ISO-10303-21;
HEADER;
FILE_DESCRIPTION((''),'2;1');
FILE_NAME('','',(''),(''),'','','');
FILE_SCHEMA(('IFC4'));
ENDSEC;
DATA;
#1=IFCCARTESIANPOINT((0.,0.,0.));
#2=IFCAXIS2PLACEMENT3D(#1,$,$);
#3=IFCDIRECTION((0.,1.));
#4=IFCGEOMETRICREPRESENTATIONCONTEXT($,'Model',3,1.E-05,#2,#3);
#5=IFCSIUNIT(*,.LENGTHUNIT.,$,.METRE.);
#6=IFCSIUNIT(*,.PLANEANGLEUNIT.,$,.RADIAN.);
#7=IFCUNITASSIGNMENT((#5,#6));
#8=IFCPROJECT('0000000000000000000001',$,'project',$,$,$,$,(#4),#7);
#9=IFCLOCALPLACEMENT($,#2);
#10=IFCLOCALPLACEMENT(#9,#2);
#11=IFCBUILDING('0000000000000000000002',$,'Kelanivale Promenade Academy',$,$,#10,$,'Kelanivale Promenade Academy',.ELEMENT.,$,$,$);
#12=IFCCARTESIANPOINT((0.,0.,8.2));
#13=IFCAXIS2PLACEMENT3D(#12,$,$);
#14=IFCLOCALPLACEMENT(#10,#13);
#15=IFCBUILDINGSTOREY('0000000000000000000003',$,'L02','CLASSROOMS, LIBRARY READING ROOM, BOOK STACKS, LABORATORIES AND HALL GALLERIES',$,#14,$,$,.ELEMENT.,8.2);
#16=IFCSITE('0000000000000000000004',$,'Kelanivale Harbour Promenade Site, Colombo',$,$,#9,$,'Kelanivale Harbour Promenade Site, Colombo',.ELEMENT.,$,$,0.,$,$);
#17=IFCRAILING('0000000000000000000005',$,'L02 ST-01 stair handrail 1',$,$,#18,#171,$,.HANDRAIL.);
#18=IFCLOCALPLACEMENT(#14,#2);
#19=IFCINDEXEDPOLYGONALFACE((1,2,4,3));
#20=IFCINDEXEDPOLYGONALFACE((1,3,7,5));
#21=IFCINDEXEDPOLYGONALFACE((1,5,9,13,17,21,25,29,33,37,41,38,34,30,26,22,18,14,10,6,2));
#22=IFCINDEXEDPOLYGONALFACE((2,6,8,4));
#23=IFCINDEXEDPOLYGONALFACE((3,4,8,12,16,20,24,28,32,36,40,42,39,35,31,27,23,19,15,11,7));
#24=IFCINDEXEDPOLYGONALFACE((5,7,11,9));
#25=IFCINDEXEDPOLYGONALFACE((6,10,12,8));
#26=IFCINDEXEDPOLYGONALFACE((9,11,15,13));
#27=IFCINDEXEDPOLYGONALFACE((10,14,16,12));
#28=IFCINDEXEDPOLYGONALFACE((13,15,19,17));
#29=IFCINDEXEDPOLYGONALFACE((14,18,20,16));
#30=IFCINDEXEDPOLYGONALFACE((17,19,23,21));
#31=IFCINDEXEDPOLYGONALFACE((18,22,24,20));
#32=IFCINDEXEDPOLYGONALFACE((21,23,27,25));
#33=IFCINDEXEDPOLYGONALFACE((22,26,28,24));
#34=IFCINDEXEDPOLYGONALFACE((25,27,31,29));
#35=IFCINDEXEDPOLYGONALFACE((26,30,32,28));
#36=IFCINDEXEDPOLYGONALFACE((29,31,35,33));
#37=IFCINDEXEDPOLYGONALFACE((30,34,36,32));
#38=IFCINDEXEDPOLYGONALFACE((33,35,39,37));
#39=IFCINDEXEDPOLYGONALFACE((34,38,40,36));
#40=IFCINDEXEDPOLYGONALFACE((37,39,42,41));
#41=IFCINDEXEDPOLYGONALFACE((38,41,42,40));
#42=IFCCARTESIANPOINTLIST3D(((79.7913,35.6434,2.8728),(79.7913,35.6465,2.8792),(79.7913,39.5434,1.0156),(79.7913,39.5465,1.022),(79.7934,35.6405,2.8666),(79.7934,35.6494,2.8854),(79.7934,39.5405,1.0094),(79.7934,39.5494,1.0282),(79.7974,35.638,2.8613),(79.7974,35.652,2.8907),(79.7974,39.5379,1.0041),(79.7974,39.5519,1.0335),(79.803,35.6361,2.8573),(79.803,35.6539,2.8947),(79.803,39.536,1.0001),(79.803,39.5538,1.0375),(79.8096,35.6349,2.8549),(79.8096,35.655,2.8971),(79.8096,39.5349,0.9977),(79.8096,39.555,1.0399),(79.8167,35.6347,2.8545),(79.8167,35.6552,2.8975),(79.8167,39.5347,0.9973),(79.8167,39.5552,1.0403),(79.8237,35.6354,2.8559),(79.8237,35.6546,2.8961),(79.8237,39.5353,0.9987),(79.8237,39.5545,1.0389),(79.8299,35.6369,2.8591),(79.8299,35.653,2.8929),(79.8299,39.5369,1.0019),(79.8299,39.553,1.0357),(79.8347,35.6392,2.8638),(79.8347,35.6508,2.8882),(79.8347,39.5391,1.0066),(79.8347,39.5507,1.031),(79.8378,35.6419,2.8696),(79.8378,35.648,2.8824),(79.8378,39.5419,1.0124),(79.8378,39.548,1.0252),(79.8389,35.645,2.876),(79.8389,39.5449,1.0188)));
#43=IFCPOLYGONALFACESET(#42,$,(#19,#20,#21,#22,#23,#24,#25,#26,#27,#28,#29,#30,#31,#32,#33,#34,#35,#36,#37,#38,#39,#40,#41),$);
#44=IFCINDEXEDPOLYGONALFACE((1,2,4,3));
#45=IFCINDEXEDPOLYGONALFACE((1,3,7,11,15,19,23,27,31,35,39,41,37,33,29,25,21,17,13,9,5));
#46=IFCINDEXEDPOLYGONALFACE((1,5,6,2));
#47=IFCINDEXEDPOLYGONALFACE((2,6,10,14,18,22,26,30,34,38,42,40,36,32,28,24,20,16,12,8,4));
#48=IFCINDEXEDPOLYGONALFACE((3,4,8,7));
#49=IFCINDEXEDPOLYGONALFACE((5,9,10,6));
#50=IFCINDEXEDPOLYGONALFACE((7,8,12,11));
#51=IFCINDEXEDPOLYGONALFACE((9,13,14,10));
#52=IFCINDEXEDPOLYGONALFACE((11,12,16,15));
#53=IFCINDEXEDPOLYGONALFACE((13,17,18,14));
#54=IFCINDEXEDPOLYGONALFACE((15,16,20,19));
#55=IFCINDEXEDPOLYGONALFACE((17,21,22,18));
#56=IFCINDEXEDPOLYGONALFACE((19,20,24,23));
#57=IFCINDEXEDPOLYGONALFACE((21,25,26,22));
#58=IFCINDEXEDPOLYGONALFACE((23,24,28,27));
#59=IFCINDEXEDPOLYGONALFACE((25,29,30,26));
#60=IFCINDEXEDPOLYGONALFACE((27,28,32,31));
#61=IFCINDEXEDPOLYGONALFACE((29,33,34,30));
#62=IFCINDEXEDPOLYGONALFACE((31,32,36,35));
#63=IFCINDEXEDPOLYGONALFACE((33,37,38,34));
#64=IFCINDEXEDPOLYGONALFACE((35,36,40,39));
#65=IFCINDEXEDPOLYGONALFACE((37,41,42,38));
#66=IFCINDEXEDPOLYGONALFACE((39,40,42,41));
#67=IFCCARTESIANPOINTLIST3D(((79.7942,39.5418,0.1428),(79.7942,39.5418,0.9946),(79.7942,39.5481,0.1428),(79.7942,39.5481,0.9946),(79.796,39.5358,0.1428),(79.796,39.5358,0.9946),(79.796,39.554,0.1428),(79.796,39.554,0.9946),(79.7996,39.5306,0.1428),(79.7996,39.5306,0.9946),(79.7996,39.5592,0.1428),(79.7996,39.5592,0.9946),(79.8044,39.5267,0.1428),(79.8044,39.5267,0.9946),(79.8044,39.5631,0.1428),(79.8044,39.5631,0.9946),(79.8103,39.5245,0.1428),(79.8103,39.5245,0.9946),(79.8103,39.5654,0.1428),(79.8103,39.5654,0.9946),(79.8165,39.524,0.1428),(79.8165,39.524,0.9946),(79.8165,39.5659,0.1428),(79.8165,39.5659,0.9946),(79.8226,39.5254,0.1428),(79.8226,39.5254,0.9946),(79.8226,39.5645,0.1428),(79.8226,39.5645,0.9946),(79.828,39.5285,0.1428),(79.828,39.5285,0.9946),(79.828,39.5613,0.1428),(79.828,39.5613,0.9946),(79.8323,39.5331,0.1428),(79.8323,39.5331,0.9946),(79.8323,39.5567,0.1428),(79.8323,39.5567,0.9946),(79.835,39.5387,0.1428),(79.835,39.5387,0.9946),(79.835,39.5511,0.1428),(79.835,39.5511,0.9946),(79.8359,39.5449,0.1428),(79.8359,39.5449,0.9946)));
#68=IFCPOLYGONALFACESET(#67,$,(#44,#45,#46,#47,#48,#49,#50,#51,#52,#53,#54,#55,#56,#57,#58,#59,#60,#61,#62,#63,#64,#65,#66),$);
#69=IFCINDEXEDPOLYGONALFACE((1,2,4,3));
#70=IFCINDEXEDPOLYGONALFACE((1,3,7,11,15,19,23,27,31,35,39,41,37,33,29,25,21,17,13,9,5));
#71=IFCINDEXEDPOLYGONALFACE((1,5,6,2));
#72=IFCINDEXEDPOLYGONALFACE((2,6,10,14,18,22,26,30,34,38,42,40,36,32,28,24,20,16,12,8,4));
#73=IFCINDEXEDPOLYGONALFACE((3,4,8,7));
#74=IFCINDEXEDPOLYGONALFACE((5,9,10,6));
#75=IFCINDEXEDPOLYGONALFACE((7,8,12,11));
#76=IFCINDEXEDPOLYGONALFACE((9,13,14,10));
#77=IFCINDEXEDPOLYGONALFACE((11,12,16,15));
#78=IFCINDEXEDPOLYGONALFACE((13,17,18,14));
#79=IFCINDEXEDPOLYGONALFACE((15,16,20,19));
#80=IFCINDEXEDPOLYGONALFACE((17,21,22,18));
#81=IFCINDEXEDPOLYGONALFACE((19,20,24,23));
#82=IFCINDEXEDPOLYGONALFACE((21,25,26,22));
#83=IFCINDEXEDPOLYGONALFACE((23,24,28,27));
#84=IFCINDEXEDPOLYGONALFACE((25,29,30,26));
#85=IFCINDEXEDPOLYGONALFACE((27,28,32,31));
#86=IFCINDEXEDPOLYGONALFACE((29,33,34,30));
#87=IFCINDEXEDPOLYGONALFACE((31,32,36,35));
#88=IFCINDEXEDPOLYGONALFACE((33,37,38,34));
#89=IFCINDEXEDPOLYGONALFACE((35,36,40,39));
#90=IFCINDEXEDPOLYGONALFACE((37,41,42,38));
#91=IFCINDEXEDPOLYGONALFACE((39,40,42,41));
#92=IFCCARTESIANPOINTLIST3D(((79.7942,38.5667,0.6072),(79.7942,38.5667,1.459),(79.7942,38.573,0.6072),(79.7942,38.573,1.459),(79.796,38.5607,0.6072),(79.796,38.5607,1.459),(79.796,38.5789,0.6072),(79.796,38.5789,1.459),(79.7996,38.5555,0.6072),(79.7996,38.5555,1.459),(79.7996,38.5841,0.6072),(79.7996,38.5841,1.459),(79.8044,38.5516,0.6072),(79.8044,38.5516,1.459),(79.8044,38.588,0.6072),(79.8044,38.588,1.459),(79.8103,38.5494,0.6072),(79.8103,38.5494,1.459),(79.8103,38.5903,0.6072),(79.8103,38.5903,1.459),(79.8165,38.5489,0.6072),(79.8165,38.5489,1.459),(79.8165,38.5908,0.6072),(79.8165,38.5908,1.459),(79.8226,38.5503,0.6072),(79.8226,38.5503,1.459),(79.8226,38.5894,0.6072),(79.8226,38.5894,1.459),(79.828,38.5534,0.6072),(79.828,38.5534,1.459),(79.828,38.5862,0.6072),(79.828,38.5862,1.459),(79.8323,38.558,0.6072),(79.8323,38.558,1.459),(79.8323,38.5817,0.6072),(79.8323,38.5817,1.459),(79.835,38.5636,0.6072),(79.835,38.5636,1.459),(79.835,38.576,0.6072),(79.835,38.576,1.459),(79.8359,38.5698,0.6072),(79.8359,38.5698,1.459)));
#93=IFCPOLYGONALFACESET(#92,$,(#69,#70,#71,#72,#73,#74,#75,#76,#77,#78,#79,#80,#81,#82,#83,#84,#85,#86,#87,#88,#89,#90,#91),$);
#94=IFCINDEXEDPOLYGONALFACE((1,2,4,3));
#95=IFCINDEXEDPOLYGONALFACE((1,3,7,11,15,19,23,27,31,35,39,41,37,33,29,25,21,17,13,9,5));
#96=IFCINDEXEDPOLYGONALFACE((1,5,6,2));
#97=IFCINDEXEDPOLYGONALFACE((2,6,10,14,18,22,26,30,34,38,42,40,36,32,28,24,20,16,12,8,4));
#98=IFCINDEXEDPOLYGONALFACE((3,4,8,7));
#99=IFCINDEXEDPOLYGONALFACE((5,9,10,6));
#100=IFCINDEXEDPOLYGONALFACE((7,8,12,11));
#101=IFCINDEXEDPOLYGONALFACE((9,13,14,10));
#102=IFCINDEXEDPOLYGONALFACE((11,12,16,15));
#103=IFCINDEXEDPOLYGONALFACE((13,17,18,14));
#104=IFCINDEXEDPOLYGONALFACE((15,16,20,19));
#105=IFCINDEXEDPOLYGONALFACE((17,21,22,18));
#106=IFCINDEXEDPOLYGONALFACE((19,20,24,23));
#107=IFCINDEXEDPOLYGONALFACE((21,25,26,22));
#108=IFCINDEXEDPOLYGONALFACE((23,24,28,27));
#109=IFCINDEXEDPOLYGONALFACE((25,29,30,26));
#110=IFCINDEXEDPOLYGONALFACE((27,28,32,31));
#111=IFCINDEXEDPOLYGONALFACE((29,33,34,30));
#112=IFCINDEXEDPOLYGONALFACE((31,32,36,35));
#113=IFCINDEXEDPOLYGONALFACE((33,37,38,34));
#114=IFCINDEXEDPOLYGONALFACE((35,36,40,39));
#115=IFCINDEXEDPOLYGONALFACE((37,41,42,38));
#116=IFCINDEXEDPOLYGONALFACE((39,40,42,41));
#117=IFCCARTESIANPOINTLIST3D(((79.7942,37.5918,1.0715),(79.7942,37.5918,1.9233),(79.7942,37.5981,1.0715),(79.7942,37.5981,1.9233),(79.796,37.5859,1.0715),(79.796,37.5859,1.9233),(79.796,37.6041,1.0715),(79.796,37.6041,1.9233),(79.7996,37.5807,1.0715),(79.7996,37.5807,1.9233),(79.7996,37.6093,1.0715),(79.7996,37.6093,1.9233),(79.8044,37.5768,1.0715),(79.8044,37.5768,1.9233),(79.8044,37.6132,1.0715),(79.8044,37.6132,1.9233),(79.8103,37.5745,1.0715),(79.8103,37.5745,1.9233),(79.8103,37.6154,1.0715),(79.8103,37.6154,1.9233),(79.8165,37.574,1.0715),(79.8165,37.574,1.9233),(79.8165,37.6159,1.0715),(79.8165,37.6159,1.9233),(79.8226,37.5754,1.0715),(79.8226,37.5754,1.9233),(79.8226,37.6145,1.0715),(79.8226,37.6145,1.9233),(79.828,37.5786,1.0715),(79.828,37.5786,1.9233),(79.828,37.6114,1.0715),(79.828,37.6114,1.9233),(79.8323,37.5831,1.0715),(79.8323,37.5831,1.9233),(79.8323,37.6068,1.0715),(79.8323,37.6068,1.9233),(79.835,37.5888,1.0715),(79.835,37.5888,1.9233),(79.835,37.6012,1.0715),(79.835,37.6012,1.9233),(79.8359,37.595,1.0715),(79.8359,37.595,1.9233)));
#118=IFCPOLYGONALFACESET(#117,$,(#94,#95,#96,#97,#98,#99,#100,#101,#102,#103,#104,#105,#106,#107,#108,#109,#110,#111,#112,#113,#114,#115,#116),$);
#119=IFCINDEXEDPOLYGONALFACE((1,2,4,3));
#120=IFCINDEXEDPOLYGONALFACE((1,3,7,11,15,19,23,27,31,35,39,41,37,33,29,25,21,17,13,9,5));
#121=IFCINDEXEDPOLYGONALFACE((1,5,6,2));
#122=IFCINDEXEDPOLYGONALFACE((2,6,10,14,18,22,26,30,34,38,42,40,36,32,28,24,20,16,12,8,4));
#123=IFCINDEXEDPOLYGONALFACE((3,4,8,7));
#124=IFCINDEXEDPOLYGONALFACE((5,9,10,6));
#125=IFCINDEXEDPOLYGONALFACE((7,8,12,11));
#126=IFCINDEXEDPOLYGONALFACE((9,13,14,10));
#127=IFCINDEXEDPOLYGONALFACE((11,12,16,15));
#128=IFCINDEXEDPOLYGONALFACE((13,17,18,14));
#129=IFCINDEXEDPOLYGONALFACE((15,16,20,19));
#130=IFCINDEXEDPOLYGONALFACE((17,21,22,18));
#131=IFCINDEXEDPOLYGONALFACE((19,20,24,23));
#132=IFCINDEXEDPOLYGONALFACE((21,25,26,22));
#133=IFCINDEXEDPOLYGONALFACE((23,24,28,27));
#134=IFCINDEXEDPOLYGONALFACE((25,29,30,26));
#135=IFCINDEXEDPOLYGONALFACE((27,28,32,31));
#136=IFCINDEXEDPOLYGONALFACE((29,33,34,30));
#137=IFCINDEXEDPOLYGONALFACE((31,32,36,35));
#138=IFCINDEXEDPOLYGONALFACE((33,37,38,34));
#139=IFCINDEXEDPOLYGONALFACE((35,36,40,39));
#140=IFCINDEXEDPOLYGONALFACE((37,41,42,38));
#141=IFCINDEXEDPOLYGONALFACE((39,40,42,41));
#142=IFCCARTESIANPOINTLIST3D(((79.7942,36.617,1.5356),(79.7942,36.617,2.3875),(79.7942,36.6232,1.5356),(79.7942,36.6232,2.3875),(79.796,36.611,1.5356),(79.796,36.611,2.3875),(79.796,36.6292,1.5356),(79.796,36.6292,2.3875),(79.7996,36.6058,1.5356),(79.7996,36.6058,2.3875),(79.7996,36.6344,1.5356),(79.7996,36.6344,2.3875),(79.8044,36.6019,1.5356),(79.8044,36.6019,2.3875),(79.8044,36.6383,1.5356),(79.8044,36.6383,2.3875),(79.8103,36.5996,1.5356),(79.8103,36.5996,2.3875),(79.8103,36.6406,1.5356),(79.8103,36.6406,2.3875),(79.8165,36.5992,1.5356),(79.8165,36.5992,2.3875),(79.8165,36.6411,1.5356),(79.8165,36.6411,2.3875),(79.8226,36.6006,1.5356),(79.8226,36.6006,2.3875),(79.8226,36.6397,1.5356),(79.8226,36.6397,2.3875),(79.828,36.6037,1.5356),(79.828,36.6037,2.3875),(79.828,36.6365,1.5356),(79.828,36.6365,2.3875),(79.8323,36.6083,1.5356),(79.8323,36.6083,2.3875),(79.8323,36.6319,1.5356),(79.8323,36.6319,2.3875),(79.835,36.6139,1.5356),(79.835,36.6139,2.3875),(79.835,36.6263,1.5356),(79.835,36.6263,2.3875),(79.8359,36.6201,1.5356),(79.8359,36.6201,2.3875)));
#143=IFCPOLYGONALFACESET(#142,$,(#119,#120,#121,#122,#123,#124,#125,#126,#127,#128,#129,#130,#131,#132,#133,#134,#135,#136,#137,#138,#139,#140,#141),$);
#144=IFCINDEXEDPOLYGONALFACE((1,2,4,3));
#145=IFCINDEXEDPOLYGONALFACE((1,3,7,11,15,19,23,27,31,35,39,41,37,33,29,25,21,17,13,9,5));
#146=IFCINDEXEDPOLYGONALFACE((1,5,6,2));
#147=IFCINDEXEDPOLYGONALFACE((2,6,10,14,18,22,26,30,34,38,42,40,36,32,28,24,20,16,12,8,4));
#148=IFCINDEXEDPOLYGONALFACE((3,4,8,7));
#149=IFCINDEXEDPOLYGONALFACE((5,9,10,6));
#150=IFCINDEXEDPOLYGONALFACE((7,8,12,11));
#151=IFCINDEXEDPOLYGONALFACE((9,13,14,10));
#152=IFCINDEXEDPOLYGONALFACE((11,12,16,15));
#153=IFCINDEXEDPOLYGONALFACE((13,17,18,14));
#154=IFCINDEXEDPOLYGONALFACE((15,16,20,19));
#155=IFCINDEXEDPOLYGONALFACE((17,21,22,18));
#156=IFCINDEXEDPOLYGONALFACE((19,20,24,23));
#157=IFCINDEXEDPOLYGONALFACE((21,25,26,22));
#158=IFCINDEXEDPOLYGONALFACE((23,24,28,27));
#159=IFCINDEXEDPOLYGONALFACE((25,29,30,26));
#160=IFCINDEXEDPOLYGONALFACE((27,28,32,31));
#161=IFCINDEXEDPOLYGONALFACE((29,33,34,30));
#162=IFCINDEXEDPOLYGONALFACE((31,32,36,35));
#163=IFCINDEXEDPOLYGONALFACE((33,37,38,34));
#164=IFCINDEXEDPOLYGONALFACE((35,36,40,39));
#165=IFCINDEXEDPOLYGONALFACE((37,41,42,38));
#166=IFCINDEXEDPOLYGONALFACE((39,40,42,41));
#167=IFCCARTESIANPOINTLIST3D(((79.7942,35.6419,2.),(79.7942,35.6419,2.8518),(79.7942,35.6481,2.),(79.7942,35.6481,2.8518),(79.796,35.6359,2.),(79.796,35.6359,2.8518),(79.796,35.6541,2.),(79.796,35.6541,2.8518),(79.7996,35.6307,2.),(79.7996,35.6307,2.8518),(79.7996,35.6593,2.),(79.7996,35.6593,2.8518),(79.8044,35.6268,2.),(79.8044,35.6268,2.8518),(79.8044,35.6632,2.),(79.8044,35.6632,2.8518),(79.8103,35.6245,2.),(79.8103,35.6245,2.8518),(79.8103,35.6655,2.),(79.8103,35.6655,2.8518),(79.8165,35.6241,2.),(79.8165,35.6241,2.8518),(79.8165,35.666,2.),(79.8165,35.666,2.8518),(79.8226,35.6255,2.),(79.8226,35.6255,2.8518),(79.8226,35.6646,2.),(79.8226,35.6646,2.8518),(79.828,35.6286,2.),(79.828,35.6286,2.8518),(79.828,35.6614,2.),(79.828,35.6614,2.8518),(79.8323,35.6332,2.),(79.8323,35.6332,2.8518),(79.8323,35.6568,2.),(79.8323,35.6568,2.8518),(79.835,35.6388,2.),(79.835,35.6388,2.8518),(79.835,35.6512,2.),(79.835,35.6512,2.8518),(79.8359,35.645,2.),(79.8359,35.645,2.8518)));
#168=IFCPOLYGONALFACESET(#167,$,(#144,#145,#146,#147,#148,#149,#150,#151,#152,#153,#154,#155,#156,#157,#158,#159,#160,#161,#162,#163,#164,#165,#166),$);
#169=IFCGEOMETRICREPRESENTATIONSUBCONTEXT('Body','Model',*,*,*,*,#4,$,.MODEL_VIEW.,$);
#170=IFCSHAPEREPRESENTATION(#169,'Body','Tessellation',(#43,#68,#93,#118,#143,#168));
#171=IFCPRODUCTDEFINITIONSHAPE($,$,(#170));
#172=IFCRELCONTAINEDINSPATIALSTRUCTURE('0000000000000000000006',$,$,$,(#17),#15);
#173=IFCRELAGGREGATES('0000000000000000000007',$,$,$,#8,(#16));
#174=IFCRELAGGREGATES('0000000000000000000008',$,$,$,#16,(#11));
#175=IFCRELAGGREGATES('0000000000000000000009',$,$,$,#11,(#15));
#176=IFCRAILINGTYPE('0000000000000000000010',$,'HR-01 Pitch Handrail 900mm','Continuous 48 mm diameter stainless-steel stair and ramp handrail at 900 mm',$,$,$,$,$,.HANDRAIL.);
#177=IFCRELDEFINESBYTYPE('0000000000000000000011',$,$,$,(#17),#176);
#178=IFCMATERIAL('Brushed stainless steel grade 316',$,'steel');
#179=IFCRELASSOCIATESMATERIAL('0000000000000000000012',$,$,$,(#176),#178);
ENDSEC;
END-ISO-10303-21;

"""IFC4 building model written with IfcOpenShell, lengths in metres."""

from ifc_helpers import new_model, si_unit, direction, frame, origin, origin_2d, place, context, subcontext, project, spatial, circle, extrude, material, type_object, element, save


model = new_model("IFC4")

# Units and contexts
model_context = context("Model", 3, precision=1e-05, world=origin(), true_north=direction((0.0, 1.0)))
body_context = subcontext(model_context, "Body", "Model", "MODEL_VIEW")
ifc_project = project(units=[si_unit("LENGTHUNIT", "METRE"), si_unit("PLANEANGLEUNIT", "RADIAN")], contexts=[model_context])

# Site, building, storey
site_placement = place(None, origin())
site = spatial("IfcSite", under=ifc_project, at=site_placement, Name="Kelanivale Harbour Promenade Site, Colombo", LongName="Kelanivale Harbour Promenade Site, Colombo", CompositionType="ELEMENT", RefElevation=0.0)
building_placement = place(site_placement, origin())
building = spatial("IfcBuilding", under=site, at=building_placement, Name="Kelanivale Promenade Academy", LongName="Kelanivale Promenade Academy", CompositionType="ELEMENT")
storey_placement = place(building_placement, frame((0.0, 0.0, 8.2)))
storey = spatial("IfcBuildingStorey", under=building, at=storey_placement, Name="L02", Description="CLASSROOMS, LIBRARY READING ROOM, BOOK STACKS, LABORATORIES AND HALL GALLERIES", CompositionType="ELEMENT", Elevation=8.2)

# Railing
ifc_material_1 = material(Name="Brushed stainless steel grade 316", Category="steel")
railing_type_1 = type_object("IfcRailingType", Name="HR-01 Pitch Handrail 900mm", Description="Continuous 48 mm diameter stainless-steel stair and ramp handrail at 900 mm", PredefinedType="HANDRAIL", material=ifc_material_1)
railing_1_placement = place(storey_placement, frame((79.8149, 39.5449, 0.1428)))
element("IfcRailing", 1, at=railing_1_placement, inside=storey, type_object=railing_type_1, Name="L02 ST-01 stair handrail 1", PredefinedType="HANDRAIL", context=body_context, shape_type="SweptSolid", body=[
    extrude(circle(Radius=0.0239, at=origin_2d()), frame((0.0, 0.0, 0.876), z_axis=(0.0, -0.902853, 0.429949), x_axis=(1.0, 0.0, 0.0)), (0.0, 0.0, 1.0), 4.3196),
    extrude(circle(Radius=0.021, at=origin_2d()), origin(), (0.0, 0.0, 1.0), 0.8518),
    extrude(circle(Radius=0.021, at=origin_2d()), frame((0.0, -0.9751, 0.4644)), (0.0, 0.0, 1.0), 0.8518),
    extrude(circle(Radius=0.021, at=origin_2d()), frame((0.0, -1.95, 0.9287)), (0.0, 0.0, 1.0), 0.8518),
    extrude(circle(Radius=0.021, at=origin_2d()), frame((0.0, -2.9248, 1.3928)), (0.0, 0.0, 1.0), 0.8518),
    extrude(circle(Radius=0.021, at=origin_2d()), frame((0.0, -3.8999, 1.8572)), (0.0, 0.0, 1.0), 0.8518),
])

save(model, "model.ifc")
